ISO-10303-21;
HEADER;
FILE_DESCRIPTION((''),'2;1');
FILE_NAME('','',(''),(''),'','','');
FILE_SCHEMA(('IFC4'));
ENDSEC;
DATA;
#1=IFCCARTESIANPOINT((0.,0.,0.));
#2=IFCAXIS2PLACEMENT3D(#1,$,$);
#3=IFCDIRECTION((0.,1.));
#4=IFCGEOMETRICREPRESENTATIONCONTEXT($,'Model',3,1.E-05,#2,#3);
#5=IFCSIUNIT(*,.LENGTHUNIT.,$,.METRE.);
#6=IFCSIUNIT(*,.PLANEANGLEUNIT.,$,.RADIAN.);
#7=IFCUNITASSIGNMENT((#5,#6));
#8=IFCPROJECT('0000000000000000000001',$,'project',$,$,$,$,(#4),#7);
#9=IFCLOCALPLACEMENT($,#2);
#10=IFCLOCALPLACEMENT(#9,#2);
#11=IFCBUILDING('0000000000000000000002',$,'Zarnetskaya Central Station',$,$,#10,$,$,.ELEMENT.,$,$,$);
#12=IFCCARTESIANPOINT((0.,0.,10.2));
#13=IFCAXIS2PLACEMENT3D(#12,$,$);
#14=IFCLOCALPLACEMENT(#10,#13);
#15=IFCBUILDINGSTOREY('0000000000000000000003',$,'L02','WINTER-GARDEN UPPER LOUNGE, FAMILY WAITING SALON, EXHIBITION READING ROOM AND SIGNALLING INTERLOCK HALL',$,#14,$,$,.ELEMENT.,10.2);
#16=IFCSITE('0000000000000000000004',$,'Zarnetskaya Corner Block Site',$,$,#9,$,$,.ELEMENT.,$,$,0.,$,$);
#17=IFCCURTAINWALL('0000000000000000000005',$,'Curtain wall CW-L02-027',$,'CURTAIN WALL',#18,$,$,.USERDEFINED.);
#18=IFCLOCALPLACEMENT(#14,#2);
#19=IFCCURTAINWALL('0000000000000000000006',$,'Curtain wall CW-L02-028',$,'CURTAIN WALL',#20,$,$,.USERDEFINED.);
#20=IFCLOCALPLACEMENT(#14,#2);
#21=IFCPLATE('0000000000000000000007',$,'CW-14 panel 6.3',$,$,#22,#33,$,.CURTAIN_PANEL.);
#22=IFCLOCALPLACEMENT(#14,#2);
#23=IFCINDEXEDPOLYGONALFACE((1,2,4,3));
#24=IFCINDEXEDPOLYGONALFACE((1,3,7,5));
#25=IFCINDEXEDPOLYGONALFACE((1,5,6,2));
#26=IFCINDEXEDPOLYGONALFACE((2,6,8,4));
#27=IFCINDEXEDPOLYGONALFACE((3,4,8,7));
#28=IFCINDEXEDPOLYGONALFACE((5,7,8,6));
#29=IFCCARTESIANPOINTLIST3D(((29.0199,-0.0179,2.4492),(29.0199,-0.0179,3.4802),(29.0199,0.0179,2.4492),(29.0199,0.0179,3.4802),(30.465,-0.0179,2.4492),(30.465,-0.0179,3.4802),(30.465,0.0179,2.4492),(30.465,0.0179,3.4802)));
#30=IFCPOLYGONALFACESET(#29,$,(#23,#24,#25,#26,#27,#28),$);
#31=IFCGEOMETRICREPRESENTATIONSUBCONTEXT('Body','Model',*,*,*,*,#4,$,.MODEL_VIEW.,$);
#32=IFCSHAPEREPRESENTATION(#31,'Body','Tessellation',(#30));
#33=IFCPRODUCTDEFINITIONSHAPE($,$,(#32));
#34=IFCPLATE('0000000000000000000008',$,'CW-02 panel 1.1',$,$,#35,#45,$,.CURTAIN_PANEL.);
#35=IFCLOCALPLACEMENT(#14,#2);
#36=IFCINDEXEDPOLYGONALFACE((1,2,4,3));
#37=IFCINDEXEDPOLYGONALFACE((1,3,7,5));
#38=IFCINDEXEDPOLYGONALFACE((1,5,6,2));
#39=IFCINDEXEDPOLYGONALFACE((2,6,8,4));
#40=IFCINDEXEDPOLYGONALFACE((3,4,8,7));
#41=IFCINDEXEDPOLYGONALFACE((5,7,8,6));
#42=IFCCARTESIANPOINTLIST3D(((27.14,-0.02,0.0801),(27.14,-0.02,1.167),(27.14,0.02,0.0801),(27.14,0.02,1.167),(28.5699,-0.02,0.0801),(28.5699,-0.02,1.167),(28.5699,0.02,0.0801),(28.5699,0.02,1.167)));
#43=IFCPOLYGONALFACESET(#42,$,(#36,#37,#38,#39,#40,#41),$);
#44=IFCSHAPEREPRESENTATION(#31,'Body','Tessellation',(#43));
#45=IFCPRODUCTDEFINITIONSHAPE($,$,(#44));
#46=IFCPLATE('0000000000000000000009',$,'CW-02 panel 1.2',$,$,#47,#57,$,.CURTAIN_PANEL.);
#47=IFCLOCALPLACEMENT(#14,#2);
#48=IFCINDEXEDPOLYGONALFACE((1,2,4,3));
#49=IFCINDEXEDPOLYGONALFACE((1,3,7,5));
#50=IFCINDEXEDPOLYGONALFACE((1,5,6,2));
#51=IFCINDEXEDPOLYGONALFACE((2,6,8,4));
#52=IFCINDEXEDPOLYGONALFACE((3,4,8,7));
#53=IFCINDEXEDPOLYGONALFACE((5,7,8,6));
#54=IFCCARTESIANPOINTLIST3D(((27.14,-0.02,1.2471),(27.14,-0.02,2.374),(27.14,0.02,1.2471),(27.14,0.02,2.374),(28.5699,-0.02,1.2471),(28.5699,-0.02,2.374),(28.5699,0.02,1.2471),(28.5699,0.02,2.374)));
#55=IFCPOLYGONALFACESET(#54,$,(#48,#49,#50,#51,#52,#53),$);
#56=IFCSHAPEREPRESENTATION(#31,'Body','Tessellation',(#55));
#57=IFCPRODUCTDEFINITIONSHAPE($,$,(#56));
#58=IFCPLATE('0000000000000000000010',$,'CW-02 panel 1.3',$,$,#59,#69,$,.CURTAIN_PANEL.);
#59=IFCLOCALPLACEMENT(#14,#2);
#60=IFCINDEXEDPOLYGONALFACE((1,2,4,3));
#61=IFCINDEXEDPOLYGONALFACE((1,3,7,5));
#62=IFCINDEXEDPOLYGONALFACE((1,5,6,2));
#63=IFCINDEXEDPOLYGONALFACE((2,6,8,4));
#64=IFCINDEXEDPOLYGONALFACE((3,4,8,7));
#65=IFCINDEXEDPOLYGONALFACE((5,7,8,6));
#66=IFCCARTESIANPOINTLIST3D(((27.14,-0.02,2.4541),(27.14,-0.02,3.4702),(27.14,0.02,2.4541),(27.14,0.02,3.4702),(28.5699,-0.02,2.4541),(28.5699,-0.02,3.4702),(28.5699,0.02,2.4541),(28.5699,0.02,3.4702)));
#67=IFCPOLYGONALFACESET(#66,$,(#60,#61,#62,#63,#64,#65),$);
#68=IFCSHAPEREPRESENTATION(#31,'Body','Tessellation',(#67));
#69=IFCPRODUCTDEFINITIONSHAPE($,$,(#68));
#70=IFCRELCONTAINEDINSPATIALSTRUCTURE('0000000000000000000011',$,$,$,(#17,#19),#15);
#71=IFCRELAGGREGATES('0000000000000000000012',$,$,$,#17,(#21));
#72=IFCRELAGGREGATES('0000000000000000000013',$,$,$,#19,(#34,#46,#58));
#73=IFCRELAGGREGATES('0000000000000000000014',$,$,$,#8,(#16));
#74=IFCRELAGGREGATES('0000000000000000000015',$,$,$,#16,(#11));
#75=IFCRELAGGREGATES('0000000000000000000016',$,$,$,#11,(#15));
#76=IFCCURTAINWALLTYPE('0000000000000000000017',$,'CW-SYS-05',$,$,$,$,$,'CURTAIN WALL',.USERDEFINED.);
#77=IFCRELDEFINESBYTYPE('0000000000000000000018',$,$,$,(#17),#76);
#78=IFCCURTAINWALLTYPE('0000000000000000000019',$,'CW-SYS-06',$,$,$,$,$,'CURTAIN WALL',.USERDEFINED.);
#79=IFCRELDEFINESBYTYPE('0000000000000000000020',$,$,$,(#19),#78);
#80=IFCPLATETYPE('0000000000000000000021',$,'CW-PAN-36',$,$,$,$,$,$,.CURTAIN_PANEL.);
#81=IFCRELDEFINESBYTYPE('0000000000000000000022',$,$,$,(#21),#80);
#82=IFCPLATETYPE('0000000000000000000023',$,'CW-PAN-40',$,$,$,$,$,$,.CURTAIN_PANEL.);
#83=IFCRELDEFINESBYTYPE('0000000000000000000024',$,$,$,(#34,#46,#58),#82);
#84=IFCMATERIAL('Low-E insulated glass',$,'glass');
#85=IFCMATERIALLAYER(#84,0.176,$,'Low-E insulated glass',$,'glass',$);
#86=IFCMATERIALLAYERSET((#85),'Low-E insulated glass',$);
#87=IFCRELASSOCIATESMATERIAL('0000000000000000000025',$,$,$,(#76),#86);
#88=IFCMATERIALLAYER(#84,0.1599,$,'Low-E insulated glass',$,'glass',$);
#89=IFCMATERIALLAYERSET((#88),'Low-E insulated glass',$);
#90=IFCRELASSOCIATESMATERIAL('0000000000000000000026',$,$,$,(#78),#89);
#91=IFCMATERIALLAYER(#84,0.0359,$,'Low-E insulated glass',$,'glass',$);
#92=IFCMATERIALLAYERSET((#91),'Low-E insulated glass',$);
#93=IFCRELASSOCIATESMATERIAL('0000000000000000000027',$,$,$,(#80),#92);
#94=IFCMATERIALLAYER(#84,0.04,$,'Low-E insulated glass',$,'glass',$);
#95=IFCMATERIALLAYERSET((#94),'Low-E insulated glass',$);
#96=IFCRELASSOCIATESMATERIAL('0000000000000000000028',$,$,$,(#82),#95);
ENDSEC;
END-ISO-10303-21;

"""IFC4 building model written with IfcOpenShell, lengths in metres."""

from ifc_helpers import new_model, si_unit, direction, frame, origin, origin_2d, place, context, subcontext, project, spatial, rectangle, extrude, material, layer, layer_set, type_object, element, aggregate, save


model = new_model("IFC4")

# Units and contexts
model_context = context("Model", 3, precision=1e-05, world=origin(), true_north=direction((0.0, 1.0)))
body_context = subcontext(model_context, "Body", "Model", "MODEL_VIEW")
ifc_project = project(units=[si_unit("LENGTHUNIT", "METRE"), si_unit("PLANEANGLEUNIT", "RADIAN")], contexts=[model_context])

# Site, building, storey
site_placement = place(None, origin())
site = spatial("IfcSite", under=ifc_project, at=site_placement, Name="Zarnetskaya Corner Block Site", CompositionType="ELEMENT", RefElevation=0.0)
building_placement = place(site_placement, origin())
building = spatial("IfcBuilding", under=site, at=building_placement, Name="Zarnetskaya Central Station", CompositionType="ELEMENT")
storey_placement = place(building_placement, frame((0.0, 0.0, 10.2)))
storey = spatial("IfcBuildingStorey", under=building, at=storey_placement, Name="L02", Description="WINTER-GARDEN UPPER LOUNGE, FAMILY WAITING SALON, EXHIBITION READING ROOM AND SIGNALLING INTERLOCK HALL", CompositionType="ELEMENT", Elevation=10.2)

# Curtain walls
ifc_material_1 = material(Name="Low-E insulated glass", Category="glass")
ifc_layer_1 = layer(ifc_material_1, 0.176, Name="Low-E insulated glass", Category="glass")
ifc_layer_set_1 = layer_set([ifc_layer_1], Name="Low-E insulated glass")
curtain_wall_type_1 = type_object("IfcCurtainWallType", Name="CW-SYS-05", ElementType="CURTAIN WALL", PredefinedType="USERDEFINED", material=ifc_layer_set_1)
curtain_wall_1_placement = place(storey_placement, origin())
curtain_wall_1 = element("IfcCurtainWall", 1, at=curtain_wall_1_placement, inside=storey, type_object=curtain_wall_type_1, Name="Curtain wall CW-L02-027", ObjectType="CURTAIN WALL", PredefinedType="USERDEFINED")
ifc_layer_2 = layer(ifc_material_1, 0.1599, Name="Low-E insulated glass", Category="glass")
ifc_layer_set_2 = layer_set([ifc_layer_2], Name="Low-E insulated glass")
curtain_wall_type_2 = type_object("IfcCurtainWallType", Name="CW-SYS-06", ElementType="CURTAIN WALL", PredefinedType="USERDEFINED", material=ifc_layer_set_2)
curtain_wall_2_placement = place(storey_placement, origin())
curtain_wall_2 = element("IfcCurtainWall", 2, at=curtain_wall_2_placement, inside=storey, type_object=curtain_wall_type_2, Name="Curtain wall CW-L02-028", ObjectType="CURTAIN WALL", PredefinedType="USERDEFINED")

# Plates
ifc_layer_3 = layer(ifc_material_1, 0.0359, Name="Low-E insulated glass", Category="glass")
ifc_layer_set_3 = layer_set([ifc_layer_3], Name="Low-E insulated glass")
plate_type_1 = type_object("IfcPlateType", Name="CW-PAN-36", PredefinedType="CURTAIN_PANEL", material=ifc_layer_set_3)
plate_1_placement = place(storey_placement, frame((29.7424, 0.0, 2.4492), z_axis=(0.0, 0.0, 1.0), x_axis=(-1.0, 0.0, 0.0)))
plate_1 = element("IfcPlate", 3, at=plate_1_placement, type_object=plate_type_1, Name="CW-14 panel 6.3", PredefinedType="CURTAIN_PANEL", context=body_context, shape_type="SweptSolid", body=[
    extrude(rectangle(XDim=1.4451, YDim=0.0359, at=origin_2d()), origin(), (0.0, 0.0, 1.0), 1.031),
])
aggregate(curtain_wall_1, [plate_1])
ifc_layer_4 = layer(ifc_material_1, 0.04, Name="Low-E insulated glass", Category="glass")
ifc_layer_set_4 = layer_set([ifc_layer_4], Name="Low-E insulated glass")
plate_type_2 = type_object("IfcPlateType", Name="CW-PAN-40", PredefinedType="CURTAIN_PANEL", material=ifc_layer_set_4)
plate_2_placement = place(storey_placement, frame((27.855, 0.0, 0.0801), z_axis=(0.0, 0.0, 1.0), x_axis=(-1.0, 0.0, 0.0)))
plate_2 = element("IfcPlate", 4, at=plate_2_placement, type_object=plate_type_2, Name="CW-02 panel 1.1", PredefinedType="CURTAIN_PANEL", context=body_context, shape_type="SweptSolid", body=[
    extrude(rectangle(XDim=1.4299, YDim=0.04, at=origin_2d()), origin(), (0.0, 0.0, 1.0), 1.0869),
])
plate_3_placement = place(storey_placement, frame((27.855, 0.0, 1.2471), z_axis=(0.0, 0.0, 1.0), x_axis=(-1.0, 0.0, 0.0)))
plate_3 = element("IfcPlate", 5, at=plate_3_placement, type_object=plate_type_2, Name="CW-02 panel 1.2", PredefinedType="CURTAIN_PANEL", context=body_context, shape_type="SweptSolid", body=[
    extrude(rectangle(XDim=1.4299, YDim=0.04, at=origin_2d()), origin(), (0.0, 0.0, 1.0), 1.127),
])
plate_4_placement = place(storey_placement, frame((27.855, 0.0, 2.4541), z_axis=(0.0, 0.0, 1.0), x_axis=(-1.0, 0.0, 0.0)))
plate_4 = element("IfcPlate", 6, at=plate_4_placement, type_object=plate_type_2, Name="CW-02 panel 1.3", PredefinedType="CURTAIN_PANEL", context=body_context, shape_type="SweptSolid", body=[
    extrude(rectangle(XDim=1.4299, YDim=0.04, at=origin_2d()), origin(), (0.0, 0.0, 1.0), 1.0161),
])
aggregate(curtain_wall_2, [plate_2, plate_3, plate_4])

save(model, "model.ifc")
